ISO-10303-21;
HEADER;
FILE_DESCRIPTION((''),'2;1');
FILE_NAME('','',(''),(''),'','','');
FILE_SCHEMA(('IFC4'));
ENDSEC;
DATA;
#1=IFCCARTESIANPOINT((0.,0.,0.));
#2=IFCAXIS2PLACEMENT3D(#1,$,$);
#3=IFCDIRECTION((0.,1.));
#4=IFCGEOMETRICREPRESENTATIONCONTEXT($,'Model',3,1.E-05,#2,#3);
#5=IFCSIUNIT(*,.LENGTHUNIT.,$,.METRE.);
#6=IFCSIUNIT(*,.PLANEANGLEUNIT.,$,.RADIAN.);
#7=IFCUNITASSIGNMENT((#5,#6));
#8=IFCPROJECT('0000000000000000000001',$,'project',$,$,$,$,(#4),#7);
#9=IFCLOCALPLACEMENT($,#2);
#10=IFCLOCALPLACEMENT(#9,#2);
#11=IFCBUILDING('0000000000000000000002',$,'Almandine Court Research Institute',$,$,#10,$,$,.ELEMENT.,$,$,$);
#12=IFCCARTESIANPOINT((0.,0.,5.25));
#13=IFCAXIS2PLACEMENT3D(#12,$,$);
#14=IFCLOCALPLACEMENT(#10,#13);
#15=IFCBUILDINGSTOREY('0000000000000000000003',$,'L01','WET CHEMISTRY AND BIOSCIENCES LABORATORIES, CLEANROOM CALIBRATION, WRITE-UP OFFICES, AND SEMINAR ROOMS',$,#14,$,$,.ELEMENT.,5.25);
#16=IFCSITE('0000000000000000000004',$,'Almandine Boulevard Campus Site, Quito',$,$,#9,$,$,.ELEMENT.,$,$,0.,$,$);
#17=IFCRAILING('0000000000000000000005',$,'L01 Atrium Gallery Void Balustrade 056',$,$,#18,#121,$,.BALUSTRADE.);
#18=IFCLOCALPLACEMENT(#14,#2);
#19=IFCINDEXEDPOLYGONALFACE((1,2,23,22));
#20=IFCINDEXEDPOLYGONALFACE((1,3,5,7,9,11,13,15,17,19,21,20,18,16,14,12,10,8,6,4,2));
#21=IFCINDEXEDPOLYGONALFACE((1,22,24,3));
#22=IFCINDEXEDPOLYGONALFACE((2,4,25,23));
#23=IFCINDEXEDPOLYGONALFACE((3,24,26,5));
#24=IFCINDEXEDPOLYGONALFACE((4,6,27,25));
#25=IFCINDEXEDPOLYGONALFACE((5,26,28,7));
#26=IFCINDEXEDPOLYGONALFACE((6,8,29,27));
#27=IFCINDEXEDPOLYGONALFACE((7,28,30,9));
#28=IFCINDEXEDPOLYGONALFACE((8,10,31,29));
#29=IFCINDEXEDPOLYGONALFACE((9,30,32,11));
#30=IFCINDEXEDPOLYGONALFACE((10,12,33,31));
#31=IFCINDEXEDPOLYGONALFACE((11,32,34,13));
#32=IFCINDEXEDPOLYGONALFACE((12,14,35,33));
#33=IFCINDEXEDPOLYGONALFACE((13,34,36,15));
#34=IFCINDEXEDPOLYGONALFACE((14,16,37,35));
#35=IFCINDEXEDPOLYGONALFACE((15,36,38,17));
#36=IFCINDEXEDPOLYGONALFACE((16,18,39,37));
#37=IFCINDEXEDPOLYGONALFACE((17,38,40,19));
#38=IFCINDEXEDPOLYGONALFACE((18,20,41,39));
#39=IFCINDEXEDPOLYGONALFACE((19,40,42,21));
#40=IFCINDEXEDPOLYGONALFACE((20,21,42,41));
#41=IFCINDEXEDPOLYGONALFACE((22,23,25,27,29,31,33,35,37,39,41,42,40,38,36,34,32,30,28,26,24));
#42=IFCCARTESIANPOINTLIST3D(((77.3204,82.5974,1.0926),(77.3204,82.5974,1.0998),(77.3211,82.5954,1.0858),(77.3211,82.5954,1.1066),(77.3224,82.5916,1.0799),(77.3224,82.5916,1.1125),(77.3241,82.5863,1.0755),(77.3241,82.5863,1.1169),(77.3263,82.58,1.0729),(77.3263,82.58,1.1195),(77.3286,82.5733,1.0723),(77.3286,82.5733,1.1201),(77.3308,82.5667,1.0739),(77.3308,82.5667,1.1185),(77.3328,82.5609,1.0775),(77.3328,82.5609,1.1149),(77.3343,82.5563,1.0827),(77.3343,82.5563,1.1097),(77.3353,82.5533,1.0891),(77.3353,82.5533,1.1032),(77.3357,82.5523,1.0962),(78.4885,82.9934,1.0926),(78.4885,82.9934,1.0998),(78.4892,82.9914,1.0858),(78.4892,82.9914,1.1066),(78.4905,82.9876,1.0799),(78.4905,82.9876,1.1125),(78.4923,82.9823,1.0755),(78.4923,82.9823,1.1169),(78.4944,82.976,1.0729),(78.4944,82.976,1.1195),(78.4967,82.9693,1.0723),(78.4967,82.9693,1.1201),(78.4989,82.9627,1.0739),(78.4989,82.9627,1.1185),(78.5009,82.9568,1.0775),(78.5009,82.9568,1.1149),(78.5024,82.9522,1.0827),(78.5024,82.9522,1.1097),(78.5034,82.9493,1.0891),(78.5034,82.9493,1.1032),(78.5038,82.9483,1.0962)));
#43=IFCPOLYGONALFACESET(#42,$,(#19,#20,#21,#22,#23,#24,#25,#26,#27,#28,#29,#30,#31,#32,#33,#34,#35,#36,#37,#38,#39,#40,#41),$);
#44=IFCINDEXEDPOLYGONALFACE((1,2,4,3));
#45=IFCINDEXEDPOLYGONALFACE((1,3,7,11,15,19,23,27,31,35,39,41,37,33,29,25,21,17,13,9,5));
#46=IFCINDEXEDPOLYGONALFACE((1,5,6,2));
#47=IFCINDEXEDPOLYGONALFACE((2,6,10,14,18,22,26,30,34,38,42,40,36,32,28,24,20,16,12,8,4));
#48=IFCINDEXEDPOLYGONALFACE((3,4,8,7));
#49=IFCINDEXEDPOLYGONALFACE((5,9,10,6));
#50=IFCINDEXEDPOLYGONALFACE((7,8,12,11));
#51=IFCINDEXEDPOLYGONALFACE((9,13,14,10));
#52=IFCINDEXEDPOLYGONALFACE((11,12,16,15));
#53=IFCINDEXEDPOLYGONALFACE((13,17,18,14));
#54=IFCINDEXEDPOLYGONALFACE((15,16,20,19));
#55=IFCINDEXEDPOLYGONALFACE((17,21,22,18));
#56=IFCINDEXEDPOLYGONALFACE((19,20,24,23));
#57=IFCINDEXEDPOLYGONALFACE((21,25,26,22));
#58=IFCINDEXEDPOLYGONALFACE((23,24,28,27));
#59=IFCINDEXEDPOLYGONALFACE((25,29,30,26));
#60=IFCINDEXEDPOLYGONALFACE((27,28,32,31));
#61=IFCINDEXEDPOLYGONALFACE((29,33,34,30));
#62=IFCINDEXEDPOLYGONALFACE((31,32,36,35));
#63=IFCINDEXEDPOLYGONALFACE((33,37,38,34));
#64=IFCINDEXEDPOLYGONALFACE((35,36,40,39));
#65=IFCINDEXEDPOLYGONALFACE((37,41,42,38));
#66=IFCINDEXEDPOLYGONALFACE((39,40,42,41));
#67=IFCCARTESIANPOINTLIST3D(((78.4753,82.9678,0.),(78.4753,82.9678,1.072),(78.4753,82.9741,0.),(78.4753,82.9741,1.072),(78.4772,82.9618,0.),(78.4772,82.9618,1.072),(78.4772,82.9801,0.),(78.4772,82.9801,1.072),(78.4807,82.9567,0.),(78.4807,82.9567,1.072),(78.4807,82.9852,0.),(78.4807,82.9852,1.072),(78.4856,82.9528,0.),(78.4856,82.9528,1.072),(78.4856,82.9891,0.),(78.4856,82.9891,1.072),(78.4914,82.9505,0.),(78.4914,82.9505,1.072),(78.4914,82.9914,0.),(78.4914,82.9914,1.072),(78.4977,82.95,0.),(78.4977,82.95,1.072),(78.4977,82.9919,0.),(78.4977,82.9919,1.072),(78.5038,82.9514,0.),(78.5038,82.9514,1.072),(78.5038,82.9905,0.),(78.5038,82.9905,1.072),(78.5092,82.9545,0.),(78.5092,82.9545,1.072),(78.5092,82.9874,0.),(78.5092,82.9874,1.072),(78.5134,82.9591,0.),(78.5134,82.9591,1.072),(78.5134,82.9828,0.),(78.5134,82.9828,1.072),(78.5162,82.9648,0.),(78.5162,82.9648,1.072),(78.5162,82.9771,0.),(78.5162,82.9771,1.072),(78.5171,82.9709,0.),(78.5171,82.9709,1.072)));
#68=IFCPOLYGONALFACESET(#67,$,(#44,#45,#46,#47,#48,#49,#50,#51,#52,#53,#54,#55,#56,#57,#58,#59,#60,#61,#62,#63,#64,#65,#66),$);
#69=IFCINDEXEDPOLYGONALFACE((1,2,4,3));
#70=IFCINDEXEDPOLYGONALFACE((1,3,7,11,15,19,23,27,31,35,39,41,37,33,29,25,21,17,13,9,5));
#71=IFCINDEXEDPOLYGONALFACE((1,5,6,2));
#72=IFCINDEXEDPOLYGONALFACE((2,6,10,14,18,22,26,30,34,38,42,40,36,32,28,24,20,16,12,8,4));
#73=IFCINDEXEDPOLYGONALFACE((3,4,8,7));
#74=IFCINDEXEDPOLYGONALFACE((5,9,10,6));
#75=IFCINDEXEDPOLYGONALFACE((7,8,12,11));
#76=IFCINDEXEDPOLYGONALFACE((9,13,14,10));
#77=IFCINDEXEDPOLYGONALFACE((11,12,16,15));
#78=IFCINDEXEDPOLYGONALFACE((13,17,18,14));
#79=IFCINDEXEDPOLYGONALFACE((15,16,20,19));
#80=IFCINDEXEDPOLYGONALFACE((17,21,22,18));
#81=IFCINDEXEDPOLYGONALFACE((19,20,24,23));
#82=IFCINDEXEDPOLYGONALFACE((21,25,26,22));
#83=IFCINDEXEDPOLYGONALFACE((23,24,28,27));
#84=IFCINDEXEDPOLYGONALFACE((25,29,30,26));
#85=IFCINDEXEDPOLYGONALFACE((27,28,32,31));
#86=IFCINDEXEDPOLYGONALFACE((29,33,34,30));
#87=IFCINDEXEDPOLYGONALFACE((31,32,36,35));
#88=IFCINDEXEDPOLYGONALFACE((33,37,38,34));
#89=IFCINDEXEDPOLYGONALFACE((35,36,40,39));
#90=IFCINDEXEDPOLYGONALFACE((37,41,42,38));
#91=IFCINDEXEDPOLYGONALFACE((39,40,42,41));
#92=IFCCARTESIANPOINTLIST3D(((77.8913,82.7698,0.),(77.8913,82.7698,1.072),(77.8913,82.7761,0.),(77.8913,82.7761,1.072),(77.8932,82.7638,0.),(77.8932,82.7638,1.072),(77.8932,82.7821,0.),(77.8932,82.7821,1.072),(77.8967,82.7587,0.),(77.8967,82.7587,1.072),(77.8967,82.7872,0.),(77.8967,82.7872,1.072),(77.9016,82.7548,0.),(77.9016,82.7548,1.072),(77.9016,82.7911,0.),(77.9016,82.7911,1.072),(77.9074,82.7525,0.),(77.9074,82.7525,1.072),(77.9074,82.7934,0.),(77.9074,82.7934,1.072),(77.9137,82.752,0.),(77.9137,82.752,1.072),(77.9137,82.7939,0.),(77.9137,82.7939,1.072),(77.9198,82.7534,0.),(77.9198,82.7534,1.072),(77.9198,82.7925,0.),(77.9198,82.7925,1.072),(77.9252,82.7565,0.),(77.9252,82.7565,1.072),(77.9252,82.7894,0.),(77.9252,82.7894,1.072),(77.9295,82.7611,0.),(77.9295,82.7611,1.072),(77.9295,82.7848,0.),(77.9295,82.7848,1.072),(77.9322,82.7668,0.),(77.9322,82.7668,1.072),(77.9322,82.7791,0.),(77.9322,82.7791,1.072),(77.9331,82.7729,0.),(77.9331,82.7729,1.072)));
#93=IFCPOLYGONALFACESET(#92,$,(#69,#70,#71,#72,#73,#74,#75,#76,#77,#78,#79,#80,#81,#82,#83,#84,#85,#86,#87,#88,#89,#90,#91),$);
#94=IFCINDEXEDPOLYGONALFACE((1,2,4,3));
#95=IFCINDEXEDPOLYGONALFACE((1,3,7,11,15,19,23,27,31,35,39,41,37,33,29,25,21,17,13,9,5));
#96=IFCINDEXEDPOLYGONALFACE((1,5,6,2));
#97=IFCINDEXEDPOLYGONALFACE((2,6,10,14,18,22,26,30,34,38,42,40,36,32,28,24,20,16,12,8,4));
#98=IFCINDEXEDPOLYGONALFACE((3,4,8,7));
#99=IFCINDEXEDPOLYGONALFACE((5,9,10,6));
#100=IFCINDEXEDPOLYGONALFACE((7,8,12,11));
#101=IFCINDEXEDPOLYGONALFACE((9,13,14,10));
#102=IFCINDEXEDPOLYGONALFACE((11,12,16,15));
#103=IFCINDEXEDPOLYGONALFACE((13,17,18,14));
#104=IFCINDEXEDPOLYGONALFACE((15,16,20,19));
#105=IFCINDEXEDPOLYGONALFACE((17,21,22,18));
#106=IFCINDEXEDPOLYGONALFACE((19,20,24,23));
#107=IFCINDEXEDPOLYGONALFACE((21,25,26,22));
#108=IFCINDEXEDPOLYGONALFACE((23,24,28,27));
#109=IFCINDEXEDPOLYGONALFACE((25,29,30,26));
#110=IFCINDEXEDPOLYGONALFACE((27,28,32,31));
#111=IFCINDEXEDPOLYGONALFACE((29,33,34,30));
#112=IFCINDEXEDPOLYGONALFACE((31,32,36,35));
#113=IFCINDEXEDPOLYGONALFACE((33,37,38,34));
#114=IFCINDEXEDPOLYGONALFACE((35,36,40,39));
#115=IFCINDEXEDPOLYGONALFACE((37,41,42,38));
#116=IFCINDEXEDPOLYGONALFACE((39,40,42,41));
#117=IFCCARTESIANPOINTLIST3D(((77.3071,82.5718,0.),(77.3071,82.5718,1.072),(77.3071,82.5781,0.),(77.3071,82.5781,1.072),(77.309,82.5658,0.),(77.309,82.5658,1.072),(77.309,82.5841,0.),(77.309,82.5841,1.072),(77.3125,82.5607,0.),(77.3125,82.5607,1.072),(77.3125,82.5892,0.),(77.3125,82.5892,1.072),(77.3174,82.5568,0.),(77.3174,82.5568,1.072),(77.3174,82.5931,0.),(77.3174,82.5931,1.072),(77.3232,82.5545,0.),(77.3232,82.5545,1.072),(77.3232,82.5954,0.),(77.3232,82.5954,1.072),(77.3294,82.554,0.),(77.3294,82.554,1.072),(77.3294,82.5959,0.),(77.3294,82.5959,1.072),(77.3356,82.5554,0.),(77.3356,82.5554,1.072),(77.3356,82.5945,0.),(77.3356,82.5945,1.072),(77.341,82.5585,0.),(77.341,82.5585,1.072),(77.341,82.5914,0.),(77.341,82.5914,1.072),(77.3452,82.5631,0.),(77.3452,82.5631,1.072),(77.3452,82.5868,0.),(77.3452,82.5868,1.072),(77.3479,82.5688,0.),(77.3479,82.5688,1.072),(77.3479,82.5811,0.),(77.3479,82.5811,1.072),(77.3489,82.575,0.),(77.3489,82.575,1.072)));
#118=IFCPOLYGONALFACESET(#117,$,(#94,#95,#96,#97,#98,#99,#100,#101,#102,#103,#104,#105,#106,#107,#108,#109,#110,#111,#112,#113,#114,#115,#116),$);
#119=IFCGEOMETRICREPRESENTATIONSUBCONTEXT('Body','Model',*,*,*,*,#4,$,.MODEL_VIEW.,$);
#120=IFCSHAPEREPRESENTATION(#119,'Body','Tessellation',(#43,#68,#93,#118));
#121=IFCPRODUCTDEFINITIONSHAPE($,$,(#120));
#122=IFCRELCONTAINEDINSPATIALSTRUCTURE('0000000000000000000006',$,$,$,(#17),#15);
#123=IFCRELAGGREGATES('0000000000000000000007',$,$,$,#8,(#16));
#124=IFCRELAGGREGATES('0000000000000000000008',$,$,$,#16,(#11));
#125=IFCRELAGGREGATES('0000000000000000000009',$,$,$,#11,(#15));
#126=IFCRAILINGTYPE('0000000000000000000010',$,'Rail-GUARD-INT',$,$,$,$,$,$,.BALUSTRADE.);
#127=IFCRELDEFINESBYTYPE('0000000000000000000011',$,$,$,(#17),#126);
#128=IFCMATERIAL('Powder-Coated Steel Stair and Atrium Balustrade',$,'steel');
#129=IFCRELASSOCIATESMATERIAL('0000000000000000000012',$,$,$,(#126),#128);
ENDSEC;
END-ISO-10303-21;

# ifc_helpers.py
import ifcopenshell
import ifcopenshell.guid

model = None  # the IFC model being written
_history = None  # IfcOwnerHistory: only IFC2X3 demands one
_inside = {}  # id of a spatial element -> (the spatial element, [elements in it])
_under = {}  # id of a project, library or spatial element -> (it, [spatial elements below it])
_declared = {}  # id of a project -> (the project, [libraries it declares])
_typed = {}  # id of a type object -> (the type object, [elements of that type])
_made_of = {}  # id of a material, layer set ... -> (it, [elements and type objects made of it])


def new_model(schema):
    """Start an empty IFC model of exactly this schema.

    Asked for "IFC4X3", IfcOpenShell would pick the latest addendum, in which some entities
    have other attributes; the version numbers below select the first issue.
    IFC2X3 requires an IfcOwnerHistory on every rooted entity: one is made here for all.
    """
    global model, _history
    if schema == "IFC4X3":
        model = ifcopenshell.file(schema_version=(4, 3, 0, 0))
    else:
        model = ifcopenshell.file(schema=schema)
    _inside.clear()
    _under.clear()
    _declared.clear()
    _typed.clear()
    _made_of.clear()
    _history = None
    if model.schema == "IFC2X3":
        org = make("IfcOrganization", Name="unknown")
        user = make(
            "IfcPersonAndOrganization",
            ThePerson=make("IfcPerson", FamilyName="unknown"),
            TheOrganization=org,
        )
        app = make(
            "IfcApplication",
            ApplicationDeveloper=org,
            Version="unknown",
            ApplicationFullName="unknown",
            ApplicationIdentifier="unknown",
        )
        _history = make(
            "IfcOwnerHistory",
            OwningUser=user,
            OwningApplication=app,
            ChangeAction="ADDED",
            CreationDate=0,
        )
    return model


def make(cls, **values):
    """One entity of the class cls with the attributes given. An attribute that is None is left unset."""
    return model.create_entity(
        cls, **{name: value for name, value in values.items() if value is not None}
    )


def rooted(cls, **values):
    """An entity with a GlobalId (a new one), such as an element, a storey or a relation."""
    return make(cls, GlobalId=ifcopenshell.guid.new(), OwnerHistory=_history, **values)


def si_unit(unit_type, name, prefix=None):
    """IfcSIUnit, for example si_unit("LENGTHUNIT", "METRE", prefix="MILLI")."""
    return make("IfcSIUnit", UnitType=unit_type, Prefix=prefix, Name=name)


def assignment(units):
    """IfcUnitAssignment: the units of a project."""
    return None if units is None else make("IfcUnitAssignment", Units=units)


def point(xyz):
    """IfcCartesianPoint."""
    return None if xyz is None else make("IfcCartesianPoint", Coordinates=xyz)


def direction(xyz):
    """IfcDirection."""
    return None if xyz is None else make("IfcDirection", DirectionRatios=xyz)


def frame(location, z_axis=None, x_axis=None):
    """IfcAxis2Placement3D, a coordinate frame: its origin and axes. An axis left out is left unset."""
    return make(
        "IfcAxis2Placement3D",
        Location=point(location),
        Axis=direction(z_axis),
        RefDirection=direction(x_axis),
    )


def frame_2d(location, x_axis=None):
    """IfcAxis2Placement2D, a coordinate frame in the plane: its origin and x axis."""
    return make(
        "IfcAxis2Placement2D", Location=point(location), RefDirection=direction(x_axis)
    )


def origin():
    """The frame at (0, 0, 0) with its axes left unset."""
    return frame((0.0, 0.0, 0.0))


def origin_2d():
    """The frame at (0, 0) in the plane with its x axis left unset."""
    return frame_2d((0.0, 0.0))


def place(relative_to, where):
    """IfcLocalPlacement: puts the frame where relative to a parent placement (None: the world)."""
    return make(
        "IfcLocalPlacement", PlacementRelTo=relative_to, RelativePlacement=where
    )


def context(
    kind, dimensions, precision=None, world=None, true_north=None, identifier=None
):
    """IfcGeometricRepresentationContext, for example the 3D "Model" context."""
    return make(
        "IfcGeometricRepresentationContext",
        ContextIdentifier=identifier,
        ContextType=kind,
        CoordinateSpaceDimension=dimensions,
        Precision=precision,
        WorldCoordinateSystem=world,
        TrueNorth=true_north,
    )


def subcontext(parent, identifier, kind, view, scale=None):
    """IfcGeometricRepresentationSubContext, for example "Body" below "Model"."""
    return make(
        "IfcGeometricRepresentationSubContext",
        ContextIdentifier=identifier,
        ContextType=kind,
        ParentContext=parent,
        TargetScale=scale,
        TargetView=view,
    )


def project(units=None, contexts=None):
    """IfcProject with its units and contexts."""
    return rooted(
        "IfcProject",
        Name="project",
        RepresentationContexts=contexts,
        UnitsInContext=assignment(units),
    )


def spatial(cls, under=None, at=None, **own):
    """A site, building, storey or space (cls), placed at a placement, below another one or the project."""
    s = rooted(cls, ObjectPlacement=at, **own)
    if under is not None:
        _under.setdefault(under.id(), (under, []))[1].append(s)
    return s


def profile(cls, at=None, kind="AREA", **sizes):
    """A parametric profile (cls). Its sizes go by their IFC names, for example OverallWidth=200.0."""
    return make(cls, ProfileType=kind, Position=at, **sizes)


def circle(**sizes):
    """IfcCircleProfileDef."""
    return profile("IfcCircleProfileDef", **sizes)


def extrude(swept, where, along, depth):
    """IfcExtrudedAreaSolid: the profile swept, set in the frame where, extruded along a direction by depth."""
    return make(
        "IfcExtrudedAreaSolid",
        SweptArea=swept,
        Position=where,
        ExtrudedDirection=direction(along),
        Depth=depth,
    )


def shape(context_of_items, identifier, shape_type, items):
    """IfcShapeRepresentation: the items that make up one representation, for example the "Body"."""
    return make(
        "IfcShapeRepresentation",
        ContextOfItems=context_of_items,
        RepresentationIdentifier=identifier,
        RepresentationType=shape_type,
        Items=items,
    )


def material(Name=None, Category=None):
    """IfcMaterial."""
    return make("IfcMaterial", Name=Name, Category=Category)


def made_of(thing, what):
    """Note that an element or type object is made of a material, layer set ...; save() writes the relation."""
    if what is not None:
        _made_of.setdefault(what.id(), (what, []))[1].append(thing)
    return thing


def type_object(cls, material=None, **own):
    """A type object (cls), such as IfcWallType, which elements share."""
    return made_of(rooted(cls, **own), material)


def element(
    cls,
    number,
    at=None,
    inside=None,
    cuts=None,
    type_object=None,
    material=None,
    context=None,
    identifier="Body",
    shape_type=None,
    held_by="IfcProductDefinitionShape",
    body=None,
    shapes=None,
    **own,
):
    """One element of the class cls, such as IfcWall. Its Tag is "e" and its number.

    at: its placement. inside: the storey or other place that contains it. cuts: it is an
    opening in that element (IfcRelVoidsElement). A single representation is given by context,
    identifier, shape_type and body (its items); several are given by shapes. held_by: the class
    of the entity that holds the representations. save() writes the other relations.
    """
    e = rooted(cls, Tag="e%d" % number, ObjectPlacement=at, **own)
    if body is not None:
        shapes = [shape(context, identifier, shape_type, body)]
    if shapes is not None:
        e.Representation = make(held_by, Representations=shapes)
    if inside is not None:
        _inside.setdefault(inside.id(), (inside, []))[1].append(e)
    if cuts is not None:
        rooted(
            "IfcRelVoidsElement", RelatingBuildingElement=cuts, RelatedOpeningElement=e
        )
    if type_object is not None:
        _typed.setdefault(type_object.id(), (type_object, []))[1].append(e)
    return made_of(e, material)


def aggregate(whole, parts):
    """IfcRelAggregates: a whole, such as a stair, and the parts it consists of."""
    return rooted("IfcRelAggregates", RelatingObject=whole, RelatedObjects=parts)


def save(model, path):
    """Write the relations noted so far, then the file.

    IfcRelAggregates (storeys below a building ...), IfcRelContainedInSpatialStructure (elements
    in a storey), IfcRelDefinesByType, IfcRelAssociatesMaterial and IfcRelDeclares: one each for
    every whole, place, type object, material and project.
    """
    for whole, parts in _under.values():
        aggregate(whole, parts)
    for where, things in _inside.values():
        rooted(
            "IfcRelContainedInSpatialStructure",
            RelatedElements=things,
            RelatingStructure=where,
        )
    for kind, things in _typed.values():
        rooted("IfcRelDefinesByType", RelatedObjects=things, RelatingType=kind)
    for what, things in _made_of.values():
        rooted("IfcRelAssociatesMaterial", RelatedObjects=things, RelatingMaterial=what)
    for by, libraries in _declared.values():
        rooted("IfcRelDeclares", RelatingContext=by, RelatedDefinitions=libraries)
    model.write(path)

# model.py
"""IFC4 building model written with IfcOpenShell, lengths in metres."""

from ifc_helpers import new_model, si_unit, direction, frame, origin, origin_2d, place, context, subcontext, project, spatial, circle, extrude, material, type_object, element, save


model = new_model("IFC4")

# Units and contexts
model_context = context("Model", 3, precision=1e-05, world=origin(), true_north=direction((0.0, 1.0)))
body_context = subcontext(model_context, "Body", "Model", "MODEL_VIEW")
ifc_project = project(units=[si_unit("LENGTHUNIT", "METRE"), si_unit("PLANEANGLEUNIT", "RADIAN")], contexts=[model_context])

# Site, building, storey
site_placement = place(None, origin())
site = spatial("IfcSite", under=ifc_project, at=site_placement, Name="Almandine Boulevard Campus Site, Quito", CompositionType="ELEMENT", RefElevation=0.0)
building_placement = place(site_placement, origin())
building = spatial("IfcBuilding", under=site, at=building_placement, Name="Almandine Court Research Institute", CompositionType="ELEMENT")
storey_placement = place(building_placement, frame((0.0, 0.0, 5.25)))
storey = spatial("IfcBuildingStorey", under=building, at=storey_placement, Name="L01", Description="WET CHEMISTRY AND BIOSCIENCES LABORATORIES, CLEANROOM CALIBRATION, WRITE-UP OFFICES, AND SEMINAR ROOMS", CompositionType="ELEMENT", Elevation=5.25)

# Railing
ifc_material_1 = material(Name="Powder-Coated Steel Stair and Atrium Balustrade", Category="steel")
railing_type = type_object("IfcRailingType", Name="Rail-GUARD-INT", PredefinedType="BALUSTRADE", material=ifc_material_1)
railing_1_placement = place(storey_placement, frame((78.4961, 82.9709, 0.0)))
element("IfcRailing", 1, at=railing_1_placement, inside=storey, type_object=railing_type, Name="L01 Atrium Gallery Void Balustrade 056", PredefinedType="BALUSTRADE", context=body_context, shape_type="SweptSolid", body=[
    extrude(circle(Radius=0.0239, at=origin_2d()), frame((0.0, 0.0, 1.0962), z_axis=(-0.947068, -0.321033, 0.0), x_axis=(0.321033, -0.947068, 0.0)), (0.0, 0.0, 1.0), 1.2334),
    extrude(circle(Radius=0.021, at=origin_2d()), origin(), (0.0, 0.0, 1.0), 1.072),
    extrude(circle(Radius=0.021, at=origin_2d()), frame((-0.584, -0.198, 0.0)), (0.0, 0.0, 1.0), 1.072),
    extrude(circle(Radius=0.021, at=origin_2d()), frame((-1.1682, -0.396, 0.0)), (0.0, 0.0, 1.0), 1.072),
])

save(model, "model.ifc")
